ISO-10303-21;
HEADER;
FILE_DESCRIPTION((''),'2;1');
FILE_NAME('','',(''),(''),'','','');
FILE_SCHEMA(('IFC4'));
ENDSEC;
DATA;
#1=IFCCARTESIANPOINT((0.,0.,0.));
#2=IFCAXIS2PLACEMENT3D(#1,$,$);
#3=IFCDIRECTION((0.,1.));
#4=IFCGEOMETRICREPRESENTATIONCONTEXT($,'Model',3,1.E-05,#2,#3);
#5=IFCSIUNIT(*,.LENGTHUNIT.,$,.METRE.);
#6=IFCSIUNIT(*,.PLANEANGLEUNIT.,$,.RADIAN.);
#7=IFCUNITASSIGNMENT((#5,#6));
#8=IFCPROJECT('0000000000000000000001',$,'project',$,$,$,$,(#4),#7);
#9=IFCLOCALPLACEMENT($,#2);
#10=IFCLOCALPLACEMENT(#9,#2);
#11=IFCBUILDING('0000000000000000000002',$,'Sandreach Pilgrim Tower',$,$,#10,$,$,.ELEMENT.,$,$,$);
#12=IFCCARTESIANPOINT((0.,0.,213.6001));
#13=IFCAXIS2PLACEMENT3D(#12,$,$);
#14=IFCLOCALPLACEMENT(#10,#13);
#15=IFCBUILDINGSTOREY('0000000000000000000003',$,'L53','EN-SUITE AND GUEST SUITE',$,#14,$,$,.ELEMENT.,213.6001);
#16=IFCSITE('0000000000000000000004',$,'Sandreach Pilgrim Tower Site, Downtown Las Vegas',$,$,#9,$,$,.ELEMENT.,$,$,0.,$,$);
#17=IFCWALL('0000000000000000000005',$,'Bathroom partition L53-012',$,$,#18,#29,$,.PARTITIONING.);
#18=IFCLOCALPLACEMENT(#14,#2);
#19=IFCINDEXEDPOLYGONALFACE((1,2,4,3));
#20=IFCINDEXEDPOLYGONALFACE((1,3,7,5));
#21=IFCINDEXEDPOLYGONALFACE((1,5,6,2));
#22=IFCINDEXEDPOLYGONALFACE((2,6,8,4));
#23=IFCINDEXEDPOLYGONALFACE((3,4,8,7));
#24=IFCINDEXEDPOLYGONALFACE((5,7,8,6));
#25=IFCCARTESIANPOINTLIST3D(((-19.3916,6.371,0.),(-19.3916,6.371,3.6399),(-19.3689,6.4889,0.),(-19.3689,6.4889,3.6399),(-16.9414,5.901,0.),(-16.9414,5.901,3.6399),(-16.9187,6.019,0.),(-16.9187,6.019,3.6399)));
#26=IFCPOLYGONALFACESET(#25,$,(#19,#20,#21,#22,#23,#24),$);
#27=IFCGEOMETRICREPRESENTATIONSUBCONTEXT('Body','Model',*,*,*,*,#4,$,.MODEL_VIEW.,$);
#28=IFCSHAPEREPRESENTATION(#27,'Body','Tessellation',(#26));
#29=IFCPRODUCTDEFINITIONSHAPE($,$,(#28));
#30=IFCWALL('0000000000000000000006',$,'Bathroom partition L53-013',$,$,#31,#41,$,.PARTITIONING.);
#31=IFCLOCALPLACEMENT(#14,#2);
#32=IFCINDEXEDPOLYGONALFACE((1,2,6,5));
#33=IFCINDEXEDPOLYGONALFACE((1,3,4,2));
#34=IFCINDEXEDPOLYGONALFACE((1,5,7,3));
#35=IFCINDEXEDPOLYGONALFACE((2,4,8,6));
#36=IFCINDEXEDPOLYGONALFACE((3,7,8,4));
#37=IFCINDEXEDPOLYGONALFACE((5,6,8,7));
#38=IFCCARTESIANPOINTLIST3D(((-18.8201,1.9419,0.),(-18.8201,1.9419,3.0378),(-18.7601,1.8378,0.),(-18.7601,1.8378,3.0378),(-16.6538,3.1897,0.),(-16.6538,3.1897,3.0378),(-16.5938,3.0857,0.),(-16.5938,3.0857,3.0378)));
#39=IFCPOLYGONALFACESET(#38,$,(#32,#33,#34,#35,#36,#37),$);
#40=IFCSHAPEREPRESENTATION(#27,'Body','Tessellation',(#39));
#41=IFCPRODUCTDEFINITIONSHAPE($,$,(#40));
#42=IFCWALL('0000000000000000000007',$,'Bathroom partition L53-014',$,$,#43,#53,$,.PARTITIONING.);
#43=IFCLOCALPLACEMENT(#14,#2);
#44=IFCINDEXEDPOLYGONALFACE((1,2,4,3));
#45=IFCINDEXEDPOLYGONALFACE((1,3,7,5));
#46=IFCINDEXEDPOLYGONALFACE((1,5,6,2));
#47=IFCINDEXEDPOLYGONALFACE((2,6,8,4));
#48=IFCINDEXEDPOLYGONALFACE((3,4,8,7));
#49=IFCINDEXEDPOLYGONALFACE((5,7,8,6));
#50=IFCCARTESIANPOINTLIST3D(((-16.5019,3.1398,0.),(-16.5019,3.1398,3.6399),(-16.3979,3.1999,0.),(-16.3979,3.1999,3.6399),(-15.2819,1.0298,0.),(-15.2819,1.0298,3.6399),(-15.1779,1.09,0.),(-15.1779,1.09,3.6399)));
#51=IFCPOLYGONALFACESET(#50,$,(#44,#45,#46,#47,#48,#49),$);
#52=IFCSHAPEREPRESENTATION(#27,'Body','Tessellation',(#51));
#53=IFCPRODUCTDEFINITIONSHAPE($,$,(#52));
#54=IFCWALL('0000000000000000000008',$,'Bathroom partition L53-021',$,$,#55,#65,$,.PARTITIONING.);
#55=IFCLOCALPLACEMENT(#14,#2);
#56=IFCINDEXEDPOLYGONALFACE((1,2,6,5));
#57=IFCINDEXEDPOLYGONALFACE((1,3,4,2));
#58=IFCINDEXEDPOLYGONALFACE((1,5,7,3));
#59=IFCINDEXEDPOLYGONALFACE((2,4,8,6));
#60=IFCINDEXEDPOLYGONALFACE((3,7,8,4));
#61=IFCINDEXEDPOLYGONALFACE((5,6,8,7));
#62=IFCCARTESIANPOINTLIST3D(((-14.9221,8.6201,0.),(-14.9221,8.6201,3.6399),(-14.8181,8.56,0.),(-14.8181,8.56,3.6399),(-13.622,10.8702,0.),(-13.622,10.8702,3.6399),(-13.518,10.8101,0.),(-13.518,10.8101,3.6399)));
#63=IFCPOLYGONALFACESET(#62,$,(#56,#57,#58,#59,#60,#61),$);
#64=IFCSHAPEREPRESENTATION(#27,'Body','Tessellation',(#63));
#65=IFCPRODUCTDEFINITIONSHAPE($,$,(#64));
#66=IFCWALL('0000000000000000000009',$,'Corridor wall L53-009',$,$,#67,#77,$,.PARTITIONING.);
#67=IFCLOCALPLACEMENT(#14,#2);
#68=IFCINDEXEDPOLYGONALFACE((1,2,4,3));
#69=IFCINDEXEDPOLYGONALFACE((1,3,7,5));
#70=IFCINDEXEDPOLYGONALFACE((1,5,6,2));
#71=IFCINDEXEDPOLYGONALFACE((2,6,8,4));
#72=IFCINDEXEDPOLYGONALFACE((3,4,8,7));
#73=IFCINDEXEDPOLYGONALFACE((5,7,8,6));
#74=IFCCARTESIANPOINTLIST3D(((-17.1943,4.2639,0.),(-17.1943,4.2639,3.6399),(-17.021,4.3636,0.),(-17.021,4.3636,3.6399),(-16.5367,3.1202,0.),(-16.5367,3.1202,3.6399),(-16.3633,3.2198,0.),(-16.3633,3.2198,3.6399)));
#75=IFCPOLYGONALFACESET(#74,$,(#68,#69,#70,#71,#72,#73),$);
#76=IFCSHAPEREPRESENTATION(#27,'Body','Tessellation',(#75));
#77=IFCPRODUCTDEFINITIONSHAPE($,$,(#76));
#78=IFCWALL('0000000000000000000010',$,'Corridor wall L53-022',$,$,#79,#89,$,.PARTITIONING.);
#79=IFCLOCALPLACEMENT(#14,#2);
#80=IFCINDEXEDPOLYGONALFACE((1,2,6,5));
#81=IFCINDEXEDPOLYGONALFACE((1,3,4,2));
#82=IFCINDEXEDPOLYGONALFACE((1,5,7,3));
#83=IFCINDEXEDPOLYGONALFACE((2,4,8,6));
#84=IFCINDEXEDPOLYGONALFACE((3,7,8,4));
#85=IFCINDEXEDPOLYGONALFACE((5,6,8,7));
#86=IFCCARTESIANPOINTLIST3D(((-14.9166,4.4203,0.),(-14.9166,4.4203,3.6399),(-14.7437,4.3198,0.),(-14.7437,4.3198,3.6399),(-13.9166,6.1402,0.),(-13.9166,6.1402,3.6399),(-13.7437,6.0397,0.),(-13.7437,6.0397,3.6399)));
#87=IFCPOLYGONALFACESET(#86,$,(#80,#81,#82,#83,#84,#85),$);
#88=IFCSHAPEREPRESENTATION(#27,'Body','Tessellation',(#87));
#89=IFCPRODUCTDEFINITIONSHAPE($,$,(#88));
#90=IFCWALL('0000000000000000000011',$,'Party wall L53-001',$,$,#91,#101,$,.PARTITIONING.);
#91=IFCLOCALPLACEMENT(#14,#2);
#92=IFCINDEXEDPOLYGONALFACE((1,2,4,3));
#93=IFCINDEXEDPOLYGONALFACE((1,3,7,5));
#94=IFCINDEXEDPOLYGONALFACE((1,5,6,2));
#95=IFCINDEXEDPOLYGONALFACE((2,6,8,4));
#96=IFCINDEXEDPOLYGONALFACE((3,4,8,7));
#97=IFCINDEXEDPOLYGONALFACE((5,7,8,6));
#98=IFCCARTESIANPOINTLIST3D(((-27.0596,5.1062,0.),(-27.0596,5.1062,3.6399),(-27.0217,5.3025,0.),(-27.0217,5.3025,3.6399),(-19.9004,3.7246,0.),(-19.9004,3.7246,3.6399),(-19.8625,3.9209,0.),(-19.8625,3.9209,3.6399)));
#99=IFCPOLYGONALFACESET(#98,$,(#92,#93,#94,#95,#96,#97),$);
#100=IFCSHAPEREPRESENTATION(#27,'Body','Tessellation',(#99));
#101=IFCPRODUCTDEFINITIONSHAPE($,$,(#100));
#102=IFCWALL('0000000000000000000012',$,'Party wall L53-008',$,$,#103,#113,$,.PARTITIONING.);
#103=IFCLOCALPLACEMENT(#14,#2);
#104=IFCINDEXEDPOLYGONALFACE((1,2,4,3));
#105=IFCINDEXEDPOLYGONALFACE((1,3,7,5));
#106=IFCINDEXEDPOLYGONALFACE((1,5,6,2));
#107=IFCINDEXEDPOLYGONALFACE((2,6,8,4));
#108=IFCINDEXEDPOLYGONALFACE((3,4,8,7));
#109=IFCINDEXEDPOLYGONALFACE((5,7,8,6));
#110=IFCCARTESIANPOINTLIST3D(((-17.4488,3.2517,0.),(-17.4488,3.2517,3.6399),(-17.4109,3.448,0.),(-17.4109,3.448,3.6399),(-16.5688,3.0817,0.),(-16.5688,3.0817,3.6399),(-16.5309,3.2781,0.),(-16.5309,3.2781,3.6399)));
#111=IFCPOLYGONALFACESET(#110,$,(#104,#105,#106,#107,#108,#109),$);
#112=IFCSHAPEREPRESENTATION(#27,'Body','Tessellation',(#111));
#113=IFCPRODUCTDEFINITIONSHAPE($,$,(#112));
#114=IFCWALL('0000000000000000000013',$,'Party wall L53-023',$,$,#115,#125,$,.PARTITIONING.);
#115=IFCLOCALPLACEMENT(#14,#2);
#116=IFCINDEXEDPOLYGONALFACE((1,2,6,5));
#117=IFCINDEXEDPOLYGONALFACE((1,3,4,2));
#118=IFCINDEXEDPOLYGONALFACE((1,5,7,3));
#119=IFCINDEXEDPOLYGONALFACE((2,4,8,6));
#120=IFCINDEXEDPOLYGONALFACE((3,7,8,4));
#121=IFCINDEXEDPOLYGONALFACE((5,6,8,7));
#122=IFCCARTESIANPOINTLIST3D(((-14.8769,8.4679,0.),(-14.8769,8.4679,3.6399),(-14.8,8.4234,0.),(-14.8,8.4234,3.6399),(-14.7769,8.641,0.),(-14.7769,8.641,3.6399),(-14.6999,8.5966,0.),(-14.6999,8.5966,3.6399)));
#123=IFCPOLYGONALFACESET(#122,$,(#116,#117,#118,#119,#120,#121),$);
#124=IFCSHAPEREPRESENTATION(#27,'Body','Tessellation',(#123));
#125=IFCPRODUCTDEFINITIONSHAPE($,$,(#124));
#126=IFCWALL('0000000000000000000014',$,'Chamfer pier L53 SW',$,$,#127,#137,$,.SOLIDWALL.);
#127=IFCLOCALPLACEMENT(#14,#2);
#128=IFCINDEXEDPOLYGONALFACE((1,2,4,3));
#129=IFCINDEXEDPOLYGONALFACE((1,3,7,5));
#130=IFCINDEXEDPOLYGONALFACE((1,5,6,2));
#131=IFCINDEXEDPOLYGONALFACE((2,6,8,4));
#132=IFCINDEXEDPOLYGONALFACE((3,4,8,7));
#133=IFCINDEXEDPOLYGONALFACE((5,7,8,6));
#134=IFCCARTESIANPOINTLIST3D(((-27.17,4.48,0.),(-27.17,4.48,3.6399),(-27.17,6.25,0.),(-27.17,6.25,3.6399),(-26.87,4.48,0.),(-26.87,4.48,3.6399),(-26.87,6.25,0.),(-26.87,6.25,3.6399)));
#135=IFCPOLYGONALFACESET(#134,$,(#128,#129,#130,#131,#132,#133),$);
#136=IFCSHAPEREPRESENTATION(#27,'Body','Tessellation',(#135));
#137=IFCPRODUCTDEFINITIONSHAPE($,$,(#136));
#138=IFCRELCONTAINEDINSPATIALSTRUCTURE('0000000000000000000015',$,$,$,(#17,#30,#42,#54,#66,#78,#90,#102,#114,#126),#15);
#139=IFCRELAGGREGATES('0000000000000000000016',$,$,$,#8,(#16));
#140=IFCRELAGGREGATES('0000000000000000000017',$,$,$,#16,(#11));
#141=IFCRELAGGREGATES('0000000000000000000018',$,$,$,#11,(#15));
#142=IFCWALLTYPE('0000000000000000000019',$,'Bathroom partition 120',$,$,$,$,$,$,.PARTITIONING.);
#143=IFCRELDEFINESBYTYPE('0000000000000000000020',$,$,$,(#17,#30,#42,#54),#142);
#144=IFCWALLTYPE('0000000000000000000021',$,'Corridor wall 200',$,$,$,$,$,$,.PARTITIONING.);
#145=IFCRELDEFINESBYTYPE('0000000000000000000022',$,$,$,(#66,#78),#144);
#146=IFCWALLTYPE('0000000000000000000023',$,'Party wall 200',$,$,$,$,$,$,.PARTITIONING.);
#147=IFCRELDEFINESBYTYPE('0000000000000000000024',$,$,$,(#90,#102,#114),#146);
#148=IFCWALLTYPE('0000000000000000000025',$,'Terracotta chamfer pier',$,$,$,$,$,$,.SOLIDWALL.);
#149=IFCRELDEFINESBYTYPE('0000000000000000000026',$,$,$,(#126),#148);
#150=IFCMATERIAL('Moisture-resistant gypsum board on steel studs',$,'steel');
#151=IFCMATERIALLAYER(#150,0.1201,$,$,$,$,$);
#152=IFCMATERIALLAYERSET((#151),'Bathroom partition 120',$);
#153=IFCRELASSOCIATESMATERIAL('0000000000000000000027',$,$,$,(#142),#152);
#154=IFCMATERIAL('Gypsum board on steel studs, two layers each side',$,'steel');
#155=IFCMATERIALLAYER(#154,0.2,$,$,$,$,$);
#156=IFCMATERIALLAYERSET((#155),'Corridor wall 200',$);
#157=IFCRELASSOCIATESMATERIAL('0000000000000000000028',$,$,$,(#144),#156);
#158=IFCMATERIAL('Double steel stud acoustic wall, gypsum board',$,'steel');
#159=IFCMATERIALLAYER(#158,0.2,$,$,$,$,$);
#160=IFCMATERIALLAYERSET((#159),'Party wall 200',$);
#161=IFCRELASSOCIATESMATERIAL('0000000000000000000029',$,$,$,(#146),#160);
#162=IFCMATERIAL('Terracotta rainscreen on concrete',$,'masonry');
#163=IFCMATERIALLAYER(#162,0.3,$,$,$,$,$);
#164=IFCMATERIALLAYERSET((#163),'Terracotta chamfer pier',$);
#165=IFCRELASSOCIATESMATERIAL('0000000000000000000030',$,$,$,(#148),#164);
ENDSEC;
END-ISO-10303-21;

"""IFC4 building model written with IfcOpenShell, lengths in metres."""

from ifc_helpers import new_model, si_unit, direction, frame, frame_2d, origin, place, context, subcontext, project, spatial, rectangle, extrude, material, layer, layer_set, type_object, element, save


model = new_model("IFC4")

# Units and contexts
model_context = context("Model", 3, precision=1e-05, world=origin(), true_north=direction((0.0, 1.0)))
body_context = subcontext(model_context, "Body", "Model", "MODEL_VIEW")
ifc_project = project(units=[si_unit("LENGTHUNIT", "METRE"), si_unit("PLANEANGLEUNIT", "RADIAN")], contexts=[model_context])

# Site, building, storey
site_placement = place(None, origin())
site = spatial("IfcSite", under=ifc_project, at=site_placement, Name="Sandreach Pilgrim Tower Site, Downtown Las Vegas", CompositionType="ELEMENT", RefElevation=0.0)
building_placement = place(site_placement, origin())
building = spatial("IfcBuilding", under=site, at=building_placement, Name="Sandreach Pilgrim Tower", CompositionType="ELEMENT")
storey_placement = place(building_placement, frame((0.0, 0.0, 213.6001)))
storey = spatial("IfcBuildingStorey", under=building, at=storey_placement, Name="L53", Description="EN-SUITE AND GUEST SUITE", CompositionType="ELEMENT", Elevation=213.6001)

# Shared definitions
ifc_material_1 = material(Name="Moisture-resistant gypsum board on steel studs", Category="steel")
ifc_layer_1 = layer(ifc_material_1, 0.1201)
ifc_layer_set_1 = layer_set([ifc_layer_1], Name="Bathroom partition 120")
wall_type_1 = type_object("IfcWallType", Name="Bathroom partition 120", PredefinedType="PARTITIONING", material=ifc_layer_set_1)

# Walls
wall_1_placement = place(storey_placement, frame((-16.9299, 5.96, 0.0), z_axis=(0.0, 0.0, 1.0), x_axis=(-0.982097, 0.188376, 0.0)))
element("IfcWall", 1, at=wall_1_placement, inside=storey, type_object=wall_type_1, Name="Bathroom partition L53-012", PredefinedType="PARTITIONING", context=body_context, shape_type="SweptSolid", body=[
    extrude(rectangle(XDim=2.4949, YDim=0.1201, at=frame_2d((1.2476, 0.0))), origin(), (0.0, 0.0, 1.0), 3.6399),
])
wall_2_placement = place(storey_placement, frame((-16.6238, 3.1377, 0.0), z_axis=(0.0, 0.0, 1.0), x_axis=(-0.866525, -0.499133, 0.0)))
element("IfcWall", 2, at=wall_2_placement, inside=storey, type_object=wall_type_1, Name="Bathroom partition L53-013", PredefinedType="PARTITIONING", context=body_context, shape_type="SweptSolid", body=[
    extrude(rectangle(XDim=2.5, YDim=0.1201, at=frame_2d((1.25, 0.0))), origin(), (0.0, 0.0, 1.0), 3.0378),
])
wall_3_placement = place(storey_placement, frame((-16.45, 3.1699, 0.0), z_axis=(0.0, 0.0, 1.0), x_axis=(0.500566, -0.865698, 0.0)))
element("IfcWall", 3, at=wall_3_placement, inside=storey, type_object=wall_type_1, Name="Bathroom partition L53-014", PredefinedType="PARTITIONING", context=body_context, shape_type="SweptSolid", body=[
    extrude(rectangle(XDim=2.4373, YDim=0.1201, at=frame_2d((1.2188, 0.0))), origin(), (0.0, 0.0, 1.0), 3.6399),
])
wall_4_placement = place(storey_placement, frame((-14.8701, 8.5901, 0.0), z_axis=(0.0, 0.0, 1.0), x_axis=(0.500292, 0.865857, 0.0)))
element("IfcWall", 4, at=wall_4_placement, inside=storey, type_object=wall_type_1, Name="Bathroom partition L53-021", PredefinedType="PARTITIONING", context=body_context, shape_type="SweptSolid", body=[
    extrude(rectangle(XDim=2.5986, YDim=0.1201, at=frame_2d((1.2993, 0.0))), origin(), (0.0, 0.0, 1.0), 3.6399),
])
ifc_material_2 = material(Name="Gypsum board on steel studs, two layers each side", Category="steel")
ifc_layer_2 = layer(ifc_material_2, 0.2)
ifc_layer_set_2 = layer_set([ifc_layer_2], Name="Corridor wall 200")
wall_type_2 = type_object("IfcWallType", Name="Corridor wall 200", PredefinedType="PARTITIONING", material=ifc_layer_set_2)
wall_5_placement = place(storey_placement, frame((-17.1077, 4.3137, 0.0), z_axis=(0.0, 0.0, 1.0), x_axis=(0.498489, -0.866896, 0.0)))
element("IfcWall", 5, at=wall_5_placement, inside=storey, type_object=wall_type_2, Name="Corridor wall L53-009", PredefinedType="PARTITIONING", context=body_context, shape_type="SweptSolid", body=[
    extrude(rectangle(XDim=1.3193, YDim=0.2, at=frame_2d((0.6597, 0.0))), origin(), (0.0, 0.0, 1.0), 3.6399),
])

# Walls
wall_6_placement = place(storey_placement, frame((-14.8301, 4.3701, 0.0), z_axis=(0.0, 0.0, 1.0), x_axis=(0.502627, 0.864503, 0.0)))
element("IfcWall", 6, at=wall_6_placement, inside=storey, type_object=wall_type_2, Name="Corridor wall L53-022", PredefinedType="PARTITIONING", context=body_context, shape_type="SweptSolid", body=[
    extrude(rectangle(XDim=1.9895, YDim=0.2, at=frame_2d((0.9946, 0.0))), origin(), (0.0, 0.0, 1.0), 3.6399),
])
ifc_material_3 = material(Name="Double steel stud acoustic wall, gypsum board", Category="steel")
ifc_layer_3 = layer(ifc_material_3, 0.2)
ifc_layer_set_3 = layer_set([ifc_layer_3], Name="Party wall 200")
wall_type_3 = type_object("IfcWallType", Name="Party wall 200", PredefinedType="PARTITIONING", material=ifc_layer_set_3)
wall_7_placement = place(storey_placement, frame((-27.0405, 5.2043, 0.0), z_axis=(0.0, 0.0, 1.0), x_axis=(0.981883, -0.189486, 0.0)))
element("IfcWall", 7, at=wall_7_placement, inside=storey, type_object=wall_type_3, Name="Party wall L53-001", PredefinedType="PARTITIONING", context=body_context, shape_type="SweptSolid", body=[
    extrude(rectangle(XDim=7.2913, YDim=0.2, at=frame_2d((3.6455, 0.0))), origin(), (0.0, 0.0, 1.0), 3.6399),
])
wall_8_placement = place(storey_placement, frame((-17.4299, 3.3499, 0.0), z_axis=(0.0, 0.0, 1.0), x_axis=(0.981858, -0.189615, 0.0)))
element("IfcWall", 8, at=wall_8_placement, inside=storey, type_object=wall_type_3, Name="Party wall L53-008", PredefinedType="PARTITIONING", context=body_context, shape_type="SweptSolid", body=[
    extrude(rectangle(XDim=0.8962, YDim=0.2, at=frame_2d((0.4482, 0.0))), origin(), (0.0, 0.0, 1.0), 3.6399),
])
wall_9_placement = place(storey_placement, frame((-14.8269, 8.5544, 0.0), z_axis=(0.0, 0.0, 1.0), x_axis=(0.865865, -0.500278, 0.0)))
element("IfcWall", 9, at=wall_9_placement, inside=storey, type_object=wall_type_3, Name="Party wall L53-023", PredefinedType="PARTITIONING", context=body_context, shape_type="SweptSolid", body=[
    extrude(rectangle(XDim=0.0889, YDim=0.2, at=frame_2d((0.0444, 0.0))), origin(), (0.0, 0.0, 1.0), 3.6399),
])
ifc_material_4 = material(Name="Terracotta rainscreen on concrete", Category="masonry")
ifc_layer_4 = layer(ifc_material_4, 0.3)
ifc_layer_set_4 = layer_set([ifc_layer_4], Name="Terracotta chamfer pier")
wall_type_4 = type_object("IfcWallType", Name="Terracotta chamfer pier", PredefinedType="SOLIDWALL", material=ifc_layer_set_4)
wall_10_placement = place(storey_placement, frame((-27.02, 4.48, 0.0), z_axis=(0.0, 0.0, 1.0), x_axis=(0.0, 1.0, 0.0)))
element("IfcWall", 10, at=wall_10_placement, inside=storey, type_object=wall_type_4, Name="Chamfer pier L53 SW", PredefinedType="SOLIDWALL", context=body_context, shape_type="SweptSolid", body=[
    extrude(rectangle(XDim=1.77, YDim=0.3, at=frame_2d((0.885, 0.0))), origin(), (0.0, 0.0, 1.0), 3.6399),
])

save(model, "model.ifc")
